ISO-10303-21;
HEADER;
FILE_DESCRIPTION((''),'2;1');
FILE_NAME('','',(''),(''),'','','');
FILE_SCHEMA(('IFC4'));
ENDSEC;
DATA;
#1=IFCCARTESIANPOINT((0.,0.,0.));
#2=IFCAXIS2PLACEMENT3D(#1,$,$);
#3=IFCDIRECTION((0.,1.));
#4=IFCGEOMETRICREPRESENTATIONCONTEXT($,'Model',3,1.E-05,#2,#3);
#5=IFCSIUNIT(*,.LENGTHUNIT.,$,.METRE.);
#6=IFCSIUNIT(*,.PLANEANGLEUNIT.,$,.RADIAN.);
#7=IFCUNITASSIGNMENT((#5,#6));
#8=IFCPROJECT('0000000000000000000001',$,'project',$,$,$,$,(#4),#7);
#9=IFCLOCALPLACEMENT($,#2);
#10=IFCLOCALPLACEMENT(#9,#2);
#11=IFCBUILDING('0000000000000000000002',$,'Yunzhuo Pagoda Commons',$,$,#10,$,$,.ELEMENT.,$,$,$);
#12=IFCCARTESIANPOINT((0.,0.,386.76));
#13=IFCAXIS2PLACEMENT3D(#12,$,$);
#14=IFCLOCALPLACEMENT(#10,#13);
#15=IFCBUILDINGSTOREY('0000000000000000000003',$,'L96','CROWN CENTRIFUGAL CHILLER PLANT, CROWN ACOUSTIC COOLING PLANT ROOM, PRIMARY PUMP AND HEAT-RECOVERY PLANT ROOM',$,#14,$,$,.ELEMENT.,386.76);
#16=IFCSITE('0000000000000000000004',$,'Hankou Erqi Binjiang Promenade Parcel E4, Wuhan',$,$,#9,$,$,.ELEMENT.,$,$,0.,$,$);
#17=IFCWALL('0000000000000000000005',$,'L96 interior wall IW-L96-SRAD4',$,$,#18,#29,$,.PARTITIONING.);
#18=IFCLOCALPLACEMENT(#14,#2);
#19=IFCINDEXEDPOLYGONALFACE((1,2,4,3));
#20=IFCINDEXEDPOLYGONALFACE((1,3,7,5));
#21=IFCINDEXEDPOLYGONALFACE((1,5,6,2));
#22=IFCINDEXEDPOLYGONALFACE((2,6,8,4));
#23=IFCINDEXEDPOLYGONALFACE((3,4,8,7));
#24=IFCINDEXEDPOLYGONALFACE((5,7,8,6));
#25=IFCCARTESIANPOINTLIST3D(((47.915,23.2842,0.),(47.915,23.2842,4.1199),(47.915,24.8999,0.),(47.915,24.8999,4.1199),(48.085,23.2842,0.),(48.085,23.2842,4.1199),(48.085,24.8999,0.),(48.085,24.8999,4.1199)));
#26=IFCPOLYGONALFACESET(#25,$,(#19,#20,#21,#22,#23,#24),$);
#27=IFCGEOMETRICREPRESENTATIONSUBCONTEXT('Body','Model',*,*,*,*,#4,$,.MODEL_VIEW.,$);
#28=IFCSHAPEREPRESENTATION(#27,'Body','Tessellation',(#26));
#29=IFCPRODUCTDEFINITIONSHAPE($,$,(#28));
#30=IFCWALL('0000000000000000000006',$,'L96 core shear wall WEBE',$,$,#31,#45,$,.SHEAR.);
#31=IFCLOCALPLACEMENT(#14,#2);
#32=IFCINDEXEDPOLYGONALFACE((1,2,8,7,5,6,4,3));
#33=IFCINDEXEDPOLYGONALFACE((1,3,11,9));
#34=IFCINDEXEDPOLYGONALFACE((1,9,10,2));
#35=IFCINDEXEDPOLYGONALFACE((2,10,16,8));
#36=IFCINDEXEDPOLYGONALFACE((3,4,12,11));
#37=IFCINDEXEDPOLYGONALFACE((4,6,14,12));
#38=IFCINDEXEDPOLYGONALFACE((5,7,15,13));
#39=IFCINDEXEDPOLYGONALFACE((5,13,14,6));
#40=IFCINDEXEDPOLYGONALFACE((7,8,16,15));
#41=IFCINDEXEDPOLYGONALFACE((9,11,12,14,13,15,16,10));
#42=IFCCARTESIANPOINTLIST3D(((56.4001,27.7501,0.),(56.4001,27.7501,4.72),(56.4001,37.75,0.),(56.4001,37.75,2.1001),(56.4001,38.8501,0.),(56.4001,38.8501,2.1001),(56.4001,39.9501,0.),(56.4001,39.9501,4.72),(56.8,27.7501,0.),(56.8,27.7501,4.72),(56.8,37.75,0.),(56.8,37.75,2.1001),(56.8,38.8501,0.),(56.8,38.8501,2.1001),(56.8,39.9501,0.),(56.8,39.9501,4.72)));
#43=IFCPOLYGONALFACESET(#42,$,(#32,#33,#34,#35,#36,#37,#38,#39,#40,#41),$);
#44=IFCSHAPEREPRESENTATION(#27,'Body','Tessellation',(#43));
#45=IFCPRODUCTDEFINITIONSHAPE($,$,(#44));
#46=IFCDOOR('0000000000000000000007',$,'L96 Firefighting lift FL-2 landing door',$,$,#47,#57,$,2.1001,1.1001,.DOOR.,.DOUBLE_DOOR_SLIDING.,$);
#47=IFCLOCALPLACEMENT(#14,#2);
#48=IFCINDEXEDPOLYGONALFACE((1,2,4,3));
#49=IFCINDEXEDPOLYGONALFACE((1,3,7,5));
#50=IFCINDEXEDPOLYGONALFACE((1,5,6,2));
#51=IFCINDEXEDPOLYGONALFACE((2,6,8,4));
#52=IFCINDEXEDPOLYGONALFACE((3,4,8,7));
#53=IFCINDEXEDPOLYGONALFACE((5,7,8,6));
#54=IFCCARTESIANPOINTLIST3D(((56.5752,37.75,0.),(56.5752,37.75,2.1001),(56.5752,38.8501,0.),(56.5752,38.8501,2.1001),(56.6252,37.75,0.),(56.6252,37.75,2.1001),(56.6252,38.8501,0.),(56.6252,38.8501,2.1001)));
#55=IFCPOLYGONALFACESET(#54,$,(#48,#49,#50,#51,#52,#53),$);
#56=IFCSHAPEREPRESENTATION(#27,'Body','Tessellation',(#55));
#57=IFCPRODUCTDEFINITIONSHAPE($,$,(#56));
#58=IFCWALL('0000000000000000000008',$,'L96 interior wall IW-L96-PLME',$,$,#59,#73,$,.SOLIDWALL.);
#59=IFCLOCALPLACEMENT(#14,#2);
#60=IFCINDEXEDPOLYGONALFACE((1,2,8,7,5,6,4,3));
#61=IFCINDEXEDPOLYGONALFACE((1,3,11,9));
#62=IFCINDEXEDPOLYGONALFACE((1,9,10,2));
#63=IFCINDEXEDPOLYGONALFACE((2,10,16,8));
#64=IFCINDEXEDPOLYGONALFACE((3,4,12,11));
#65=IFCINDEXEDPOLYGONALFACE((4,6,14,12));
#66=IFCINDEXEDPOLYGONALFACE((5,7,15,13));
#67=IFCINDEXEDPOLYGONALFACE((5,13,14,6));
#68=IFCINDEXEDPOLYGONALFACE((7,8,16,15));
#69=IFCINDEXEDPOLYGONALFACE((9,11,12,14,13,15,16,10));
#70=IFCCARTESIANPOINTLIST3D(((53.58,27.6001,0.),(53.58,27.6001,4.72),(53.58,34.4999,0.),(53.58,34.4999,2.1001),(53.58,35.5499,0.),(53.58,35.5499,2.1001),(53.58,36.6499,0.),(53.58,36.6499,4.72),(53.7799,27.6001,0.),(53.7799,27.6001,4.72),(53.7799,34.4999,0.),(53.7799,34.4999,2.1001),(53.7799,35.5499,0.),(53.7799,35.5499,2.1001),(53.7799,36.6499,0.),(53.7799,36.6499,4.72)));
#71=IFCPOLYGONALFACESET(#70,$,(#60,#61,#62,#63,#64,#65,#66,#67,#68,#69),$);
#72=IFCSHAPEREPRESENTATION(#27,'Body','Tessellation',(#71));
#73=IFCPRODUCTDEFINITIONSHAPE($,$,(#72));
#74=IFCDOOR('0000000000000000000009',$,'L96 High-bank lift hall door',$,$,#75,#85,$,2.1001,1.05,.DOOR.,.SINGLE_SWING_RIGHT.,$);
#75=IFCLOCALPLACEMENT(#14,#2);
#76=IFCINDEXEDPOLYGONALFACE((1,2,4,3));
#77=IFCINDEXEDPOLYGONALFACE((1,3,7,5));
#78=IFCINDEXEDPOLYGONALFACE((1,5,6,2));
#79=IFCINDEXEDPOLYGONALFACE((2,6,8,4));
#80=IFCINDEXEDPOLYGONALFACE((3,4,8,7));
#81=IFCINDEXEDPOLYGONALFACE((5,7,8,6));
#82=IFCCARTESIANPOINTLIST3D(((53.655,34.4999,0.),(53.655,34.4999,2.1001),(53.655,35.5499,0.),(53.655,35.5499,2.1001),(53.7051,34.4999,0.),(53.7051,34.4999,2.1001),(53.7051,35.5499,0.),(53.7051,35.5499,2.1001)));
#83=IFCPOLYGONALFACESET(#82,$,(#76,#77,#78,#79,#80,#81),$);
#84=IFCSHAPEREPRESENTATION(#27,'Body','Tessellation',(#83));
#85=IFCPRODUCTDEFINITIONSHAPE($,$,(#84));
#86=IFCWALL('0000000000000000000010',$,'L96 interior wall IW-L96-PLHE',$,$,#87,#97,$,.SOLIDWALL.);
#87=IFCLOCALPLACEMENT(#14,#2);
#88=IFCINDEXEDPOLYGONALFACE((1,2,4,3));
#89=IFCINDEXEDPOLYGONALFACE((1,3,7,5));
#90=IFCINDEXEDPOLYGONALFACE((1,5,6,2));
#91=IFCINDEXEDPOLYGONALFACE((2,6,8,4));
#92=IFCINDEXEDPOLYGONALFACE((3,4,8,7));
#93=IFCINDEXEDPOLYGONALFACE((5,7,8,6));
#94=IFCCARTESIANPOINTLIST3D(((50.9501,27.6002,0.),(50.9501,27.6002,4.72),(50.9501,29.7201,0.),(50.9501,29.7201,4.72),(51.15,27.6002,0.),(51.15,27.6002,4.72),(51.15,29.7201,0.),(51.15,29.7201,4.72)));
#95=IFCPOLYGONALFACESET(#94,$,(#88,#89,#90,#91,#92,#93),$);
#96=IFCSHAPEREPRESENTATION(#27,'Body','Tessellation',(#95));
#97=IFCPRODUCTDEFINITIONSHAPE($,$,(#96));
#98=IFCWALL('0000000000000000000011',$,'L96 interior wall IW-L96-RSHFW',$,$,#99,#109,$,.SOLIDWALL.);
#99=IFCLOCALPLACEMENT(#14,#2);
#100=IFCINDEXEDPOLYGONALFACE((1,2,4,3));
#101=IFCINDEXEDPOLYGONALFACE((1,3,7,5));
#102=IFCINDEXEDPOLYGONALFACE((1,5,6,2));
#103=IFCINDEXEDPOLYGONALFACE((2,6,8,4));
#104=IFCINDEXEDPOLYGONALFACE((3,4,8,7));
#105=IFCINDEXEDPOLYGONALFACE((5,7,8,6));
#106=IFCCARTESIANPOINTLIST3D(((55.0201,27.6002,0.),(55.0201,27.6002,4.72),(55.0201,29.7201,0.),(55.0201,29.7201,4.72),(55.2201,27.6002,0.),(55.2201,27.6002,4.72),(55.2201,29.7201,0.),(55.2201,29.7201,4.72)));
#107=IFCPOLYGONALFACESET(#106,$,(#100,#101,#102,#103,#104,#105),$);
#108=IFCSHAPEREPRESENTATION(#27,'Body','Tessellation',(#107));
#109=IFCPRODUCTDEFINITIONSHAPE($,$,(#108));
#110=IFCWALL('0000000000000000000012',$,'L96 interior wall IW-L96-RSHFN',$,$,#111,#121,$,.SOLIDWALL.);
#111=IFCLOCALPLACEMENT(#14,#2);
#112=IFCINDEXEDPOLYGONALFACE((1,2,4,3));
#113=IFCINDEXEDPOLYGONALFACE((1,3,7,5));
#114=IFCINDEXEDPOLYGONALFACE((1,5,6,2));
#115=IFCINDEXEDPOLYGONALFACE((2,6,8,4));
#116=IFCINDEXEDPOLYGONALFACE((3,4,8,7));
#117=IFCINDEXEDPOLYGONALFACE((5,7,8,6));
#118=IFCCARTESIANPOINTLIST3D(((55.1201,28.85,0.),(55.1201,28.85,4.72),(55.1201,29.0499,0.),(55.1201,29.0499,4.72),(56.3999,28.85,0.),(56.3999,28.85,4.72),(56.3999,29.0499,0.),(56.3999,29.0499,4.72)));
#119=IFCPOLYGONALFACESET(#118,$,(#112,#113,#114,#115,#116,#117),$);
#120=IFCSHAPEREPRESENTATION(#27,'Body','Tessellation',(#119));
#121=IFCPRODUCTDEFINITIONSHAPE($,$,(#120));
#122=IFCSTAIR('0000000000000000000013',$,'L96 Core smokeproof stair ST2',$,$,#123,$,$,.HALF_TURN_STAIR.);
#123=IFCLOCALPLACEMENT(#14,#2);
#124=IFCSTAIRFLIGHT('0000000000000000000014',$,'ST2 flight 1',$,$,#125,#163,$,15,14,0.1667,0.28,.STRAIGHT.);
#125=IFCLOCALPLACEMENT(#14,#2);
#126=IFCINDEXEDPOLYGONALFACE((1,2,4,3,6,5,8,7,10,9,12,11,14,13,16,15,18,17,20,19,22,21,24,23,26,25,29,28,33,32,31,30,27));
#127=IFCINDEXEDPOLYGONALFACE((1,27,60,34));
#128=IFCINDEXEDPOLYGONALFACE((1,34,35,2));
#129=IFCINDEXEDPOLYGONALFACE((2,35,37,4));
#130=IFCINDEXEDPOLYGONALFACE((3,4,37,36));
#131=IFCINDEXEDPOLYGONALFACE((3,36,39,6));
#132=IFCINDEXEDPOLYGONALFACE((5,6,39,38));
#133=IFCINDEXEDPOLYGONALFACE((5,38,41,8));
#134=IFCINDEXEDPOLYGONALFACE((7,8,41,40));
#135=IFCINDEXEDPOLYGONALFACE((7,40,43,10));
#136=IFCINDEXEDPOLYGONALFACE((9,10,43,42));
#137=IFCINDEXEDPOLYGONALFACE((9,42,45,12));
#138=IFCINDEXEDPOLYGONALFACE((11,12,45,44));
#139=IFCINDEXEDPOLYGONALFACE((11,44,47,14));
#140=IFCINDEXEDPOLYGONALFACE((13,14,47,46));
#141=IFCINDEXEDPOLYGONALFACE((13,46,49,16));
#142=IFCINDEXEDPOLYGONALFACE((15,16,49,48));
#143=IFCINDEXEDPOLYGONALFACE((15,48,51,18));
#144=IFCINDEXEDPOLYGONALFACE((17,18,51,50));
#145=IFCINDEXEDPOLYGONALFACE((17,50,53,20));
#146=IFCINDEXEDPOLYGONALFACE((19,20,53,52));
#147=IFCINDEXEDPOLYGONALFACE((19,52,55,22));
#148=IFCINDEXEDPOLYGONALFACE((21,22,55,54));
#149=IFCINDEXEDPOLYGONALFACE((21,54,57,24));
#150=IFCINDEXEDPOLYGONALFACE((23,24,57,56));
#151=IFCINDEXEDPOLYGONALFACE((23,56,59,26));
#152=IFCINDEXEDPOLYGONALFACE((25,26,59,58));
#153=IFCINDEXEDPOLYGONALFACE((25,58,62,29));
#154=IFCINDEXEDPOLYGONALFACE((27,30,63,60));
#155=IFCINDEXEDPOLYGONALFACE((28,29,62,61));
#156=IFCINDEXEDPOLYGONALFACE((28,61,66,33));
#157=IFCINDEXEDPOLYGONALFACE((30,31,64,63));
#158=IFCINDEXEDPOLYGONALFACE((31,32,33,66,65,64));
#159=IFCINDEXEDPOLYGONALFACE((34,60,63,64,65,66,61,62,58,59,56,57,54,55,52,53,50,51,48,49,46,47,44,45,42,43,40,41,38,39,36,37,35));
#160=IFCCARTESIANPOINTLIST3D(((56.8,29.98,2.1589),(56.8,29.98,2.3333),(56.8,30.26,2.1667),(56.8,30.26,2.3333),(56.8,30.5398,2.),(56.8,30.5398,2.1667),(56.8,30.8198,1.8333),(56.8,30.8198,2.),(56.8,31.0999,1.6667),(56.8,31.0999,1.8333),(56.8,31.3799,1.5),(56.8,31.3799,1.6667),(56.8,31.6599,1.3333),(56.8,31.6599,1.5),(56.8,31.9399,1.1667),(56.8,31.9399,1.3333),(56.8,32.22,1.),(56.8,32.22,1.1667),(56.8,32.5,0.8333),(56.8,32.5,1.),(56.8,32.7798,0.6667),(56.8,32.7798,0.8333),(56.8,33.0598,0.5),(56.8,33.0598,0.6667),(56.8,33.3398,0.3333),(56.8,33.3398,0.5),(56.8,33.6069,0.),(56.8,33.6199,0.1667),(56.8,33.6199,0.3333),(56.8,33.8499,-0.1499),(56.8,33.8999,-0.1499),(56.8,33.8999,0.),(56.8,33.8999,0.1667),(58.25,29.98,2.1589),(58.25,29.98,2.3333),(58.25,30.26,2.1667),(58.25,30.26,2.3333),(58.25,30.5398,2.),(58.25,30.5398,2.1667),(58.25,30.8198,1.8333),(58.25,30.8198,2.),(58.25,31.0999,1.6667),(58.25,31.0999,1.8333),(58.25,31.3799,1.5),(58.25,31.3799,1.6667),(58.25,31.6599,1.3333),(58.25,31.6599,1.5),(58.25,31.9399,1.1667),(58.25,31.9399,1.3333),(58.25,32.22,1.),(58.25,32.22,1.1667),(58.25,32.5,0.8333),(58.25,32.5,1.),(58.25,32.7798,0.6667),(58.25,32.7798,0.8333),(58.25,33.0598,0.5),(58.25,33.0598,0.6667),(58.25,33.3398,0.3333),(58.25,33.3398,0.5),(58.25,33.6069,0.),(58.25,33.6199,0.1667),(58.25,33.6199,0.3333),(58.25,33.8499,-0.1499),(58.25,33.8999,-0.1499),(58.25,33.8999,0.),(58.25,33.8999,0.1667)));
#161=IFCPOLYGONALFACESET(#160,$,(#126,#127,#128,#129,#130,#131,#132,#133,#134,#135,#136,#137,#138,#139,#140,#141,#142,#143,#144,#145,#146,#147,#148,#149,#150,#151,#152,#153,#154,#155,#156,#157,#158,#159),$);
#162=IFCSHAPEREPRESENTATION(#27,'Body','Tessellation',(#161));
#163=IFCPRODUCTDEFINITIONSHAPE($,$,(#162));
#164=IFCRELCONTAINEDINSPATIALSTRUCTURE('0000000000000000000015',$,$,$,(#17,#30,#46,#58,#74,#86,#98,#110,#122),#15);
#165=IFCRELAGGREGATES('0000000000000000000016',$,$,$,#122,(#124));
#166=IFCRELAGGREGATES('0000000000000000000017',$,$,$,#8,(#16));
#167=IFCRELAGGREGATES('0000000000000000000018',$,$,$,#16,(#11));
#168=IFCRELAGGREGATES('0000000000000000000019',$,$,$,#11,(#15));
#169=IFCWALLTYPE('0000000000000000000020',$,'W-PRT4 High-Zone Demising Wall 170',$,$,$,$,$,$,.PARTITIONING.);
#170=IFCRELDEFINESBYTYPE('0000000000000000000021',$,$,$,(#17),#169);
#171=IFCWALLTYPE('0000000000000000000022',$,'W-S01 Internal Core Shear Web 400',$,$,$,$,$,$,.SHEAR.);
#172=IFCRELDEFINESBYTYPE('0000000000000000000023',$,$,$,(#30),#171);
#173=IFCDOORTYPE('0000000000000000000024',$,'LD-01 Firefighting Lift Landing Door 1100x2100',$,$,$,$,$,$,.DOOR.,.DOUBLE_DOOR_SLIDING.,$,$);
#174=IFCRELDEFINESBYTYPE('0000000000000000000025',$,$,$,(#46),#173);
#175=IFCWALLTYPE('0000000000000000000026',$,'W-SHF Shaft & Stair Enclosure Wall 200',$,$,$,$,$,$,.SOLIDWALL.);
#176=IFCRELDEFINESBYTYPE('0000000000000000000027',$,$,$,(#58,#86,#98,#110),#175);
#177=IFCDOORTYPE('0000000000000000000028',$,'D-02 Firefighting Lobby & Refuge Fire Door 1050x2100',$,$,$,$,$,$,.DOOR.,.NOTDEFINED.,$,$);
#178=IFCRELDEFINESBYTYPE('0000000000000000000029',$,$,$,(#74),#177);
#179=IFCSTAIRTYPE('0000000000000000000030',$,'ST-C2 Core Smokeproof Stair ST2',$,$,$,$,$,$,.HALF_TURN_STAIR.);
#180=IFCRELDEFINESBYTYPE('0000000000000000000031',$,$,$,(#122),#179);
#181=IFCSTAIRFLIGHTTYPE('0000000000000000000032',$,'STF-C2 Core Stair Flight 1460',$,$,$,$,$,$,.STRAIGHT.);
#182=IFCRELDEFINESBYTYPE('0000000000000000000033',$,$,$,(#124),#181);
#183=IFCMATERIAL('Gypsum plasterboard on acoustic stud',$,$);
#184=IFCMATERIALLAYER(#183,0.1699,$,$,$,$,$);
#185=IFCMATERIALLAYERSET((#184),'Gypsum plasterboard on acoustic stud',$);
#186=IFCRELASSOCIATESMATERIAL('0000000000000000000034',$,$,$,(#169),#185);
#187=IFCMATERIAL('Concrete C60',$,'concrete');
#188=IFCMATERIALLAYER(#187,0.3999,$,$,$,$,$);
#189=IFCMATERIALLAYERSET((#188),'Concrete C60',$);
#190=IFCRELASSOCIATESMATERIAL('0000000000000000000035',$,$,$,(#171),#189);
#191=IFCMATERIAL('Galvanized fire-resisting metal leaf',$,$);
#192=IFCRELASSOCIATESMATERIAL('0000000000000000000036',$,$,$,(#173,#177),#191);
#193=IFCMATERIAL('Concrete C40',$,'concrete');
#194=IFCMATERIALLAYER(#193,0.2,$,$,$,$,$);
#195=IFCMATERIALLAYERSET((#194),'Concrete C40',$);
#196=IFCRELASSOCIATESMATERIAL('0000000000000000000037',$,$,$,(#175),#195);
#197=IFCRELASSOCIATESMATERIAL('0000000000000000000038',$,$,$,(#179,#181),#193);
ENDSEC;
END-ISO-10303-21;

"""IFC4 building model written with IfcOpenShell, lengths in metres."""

from ifc_helpers import new_model, si_unit, direction, frame, frame_2d, origin, origin_with_axes, place, context, subcontext, project, spatial, polyline, rectangle, outline, extrude, source, transform, mapped, material, layer, layer_set, type_object, element, fill, aggregate, save


model = new_model("IFC4")

# Units and contexts
model_context = context("Model", 3, precision=1e-05, world=origin(), true_north=direction((0.0, 1.0)))
body_context = subcontext(model_context, "Body", "Model", "MODEL_VIEW")
ifc_project = project(units=[si_unit("LENGTHUNIT", "METRE"), si_unit("PLANEANGLEUNIT", "RADIAN")], contexts=[model_context])

# Site, building, storey
site_placement = place(None, origin())
site = spatial("IfcSite", under=ifc_project, at=site_placement, Name="Hankou Erqi Binjiang Promenade Parcel E4, Wuhan", CompositionType="ELEMENT", RefElevation=0.0)
building_placement = place(site_placement, origin())
building = spatial("IfcBuilding", under=site, at=building_placement, Name="Yunzhuo Pagoda Commons", CompositionType="ELEMENT")
storey_placement = place(building_placement, frame((0.0, 0.0, 386.76)))
storey = spatial("IfcBuildingStorey", under=building, at=storey_placement, Name="L96", Description="CROWN CENTRIFUGAL CHILLER PLANT, CROWN ACOUSTIC COOLING PLANT ROOM, PRIMARY PUMP AND HEAT-RECOVERY PLANT ROOM", CompositionType="ELEMENT", Elevation=386.76)

# Shared definitions
ifc_material_1 = material(Name="Gypsum plasterboard on acoustic stud")
ifc_material_2 = material(Name="Galvanized fire-resisting metal leaf")

# Wall
ifc_layer_1 = layer(ifc_material_1, 0.1699)
ifc_layer_set_1 = layer_set([ifc_layer_1], Name="Gypsum plasterboard on acoustic stud")
wall_type_1 = type_object("IfcWallType", Name="W-PRT4 High-Zone Demising Wall 170", PredefinedType="PARTITIONING", material=ifc_layer_set_1)
wall_1_placement = place(storey_placement, frame((48.0, 24.8999, 0.0), z_axis=(0.0, 0.0, 1.0), x_axis=(0.0, -1.0, 0.0)))
element("IfcWall", 1, at=wall_1_placement, inside=storey, type_object=wall_type_1, Name="L96 interior wall IW-L96-SRAD4", PredefinedType="PARTITIONING", context=body_context, shape_type="SweptSolid", body=[
    extrude(rectangle(XDim=1.6157, YDim=0.1699, at=frame_2d((0.8079, 0.0))), origin(), (0.0, 0.0, 1.0), 4.1199),
])

# Walls, openings, doors
ifc_material_3 = material(Name="Concrete C60", Category="concrete")
ifc_layer_2 = layer(ifc_material_3, 0.3999)
ifc_layer_set_2 = layer_set([ifc_layer_2], Name="Concrete C60")
wall_type_2 = type_object("IfcWallType", Name="W-S01 Internal Core Shear Web 400", PredefinedType="SHEAR", material=ifc_layer_set_2)
wall_2_placement = place(storey_placement, frame((56.6001, 27.75, 0.0), z_axis=(0.0, 0.0, 1.0), x_axis=(0.0, 1.0, 0.0)))
wall_2 = element("IfcWall", 2, at=wall_2_placement, inside=storey, type_object=wall_type_2, Name="L96 core shear wall WEBE", PredefinedType="SHEAR", context=body_context, shape_type="SweptSolid", body=[
    extrude(rectangle(XDim=12.2, YDim=0.3999, at=frame_2d((6.1001, 0.0))), origin(), (0.0, 0.0, 1.0), 4.72),
])
opening_1_placement = place(wall_2_placement, frame((10.0, 0.0, 0.0)))
opening_1 = element("IfcOpeningElement", 3, at=opening_1_placement, cuts=wall_2, PredefinedType="OPENING", context=body_context, shape_type="SweptSolid", body=[
    extrude(rectangle(XDim=1.1001, YDim=2.1001, at=frame_2d((0.55, 1.05))), frame((0.0, 0.21, 0.0), z_axis=(0.0, -1.0, 0.0), x_axis=(1.0, 0.0, 0.0)), (0.0, 0.0, 1.0), 0.4199),
])
door_type_1 = type_object("IfcDoorType", Name="LD-01 Firefighting Lift Landing Door 1100x2100", OperationType="DOUBLE_DOOR_SLIDING", PredefinedType="DOOR", material=ifc_material_2)
shared_shape_1 = source(origin(), body_context, "Body", "SweptSolid", [
    extrude(rectangle(XDim=1.1001, YDim=2.1001, at=frame_2d((0.55, 1.05))), frame((0.0, 0.0249, 0.0), z_axis=(0.0, -1.0, 0.0), x_axis=(1.0, 0.0, 0.0)), (0.0, 0.0, 1.0), 0.05),
])
door_1_placement = place(opening_1_placement, origin_with_axes())
door_1 = element("IfcDoor", 4, at=door_1_placement, inside=storey, type_object=door_type_1, Name="L96 Firefighting lift FL-2 landing door", OperationType="DOUBLE_DOOR_SLIDING", OverallHeight=2.1001, OverallWidth=1.1001, PredefinedType="DOOR", context=body_context, shape_type="MappedRepresentation", body=[
    mapped(shared_shape_1, transform((0.0, 0.0, 0.0), scale=1.0)),
])
fill(opening_1, door_1)
ifc_material_4 = material(Name="Concrete C40", Category="concrete")
ifc_layer_3 = layer(ifc_material_4, 0.2)
ifc_layer_set_3 = layer_set([ifc_layer_3], Name="Concrete C40")
wall_type_3 = type_object("IfcWallType", Name="W-SHF Shaft & Stair Enclosure Wall 200", PredefinedType="SOLIDWALL", material=ifc_layer_set_3)
wall_3_placement = place(storey_placement, frame((53.6799, 27.6001, 0.0), z_axis=(0.0, 0.0, 1.0), x_axis=(0.0, 1.0, 0.0)))
wall_3 = element("IfcWall", 5, at=wall_3_placement, inside=storey, type_object=wall_type_3, Name="L96 interior wall IW-L96-PLME", PredefinedType="SOLIDWALL", context=body_context, shape_type="SweptSolid", body=[
    extrude(rectangle(XDim=9.0498, YDim=0.2, at=frame_2d((4.5249, 0.0))), origin(), (0.0, 0.0, 1.0), 4.72),
])
opening_2_placement = place(wall_3_placement, frame((6.8999, 0.0, 0.0)))
opening_2 = element("IfcOpeningElement", 6, at=opening_2_placement, cuts=wall_3, PredefinedType="OPENING", context=body_context, shape_type="SweptSolid", body=[
    extrude(rectangle(XDim=1.05, YDim=2.1001, at=frame_2d((0.5249, 1.05))), frame((0.0, 0.1099, 0.0), z_axis=(0.0, -1.0, 0.0), x_axis=(1.0, 0.0, 0.0)), (0.0, 0.0, 1.0), 0.22),
])
door_type_2 = type_object("IfcDoorType", Name="D-02 Firefighting Lobby & Refuge Fire Door 1050x2100", OperationType="NOTDEFINED", PredefinedType="DOOR", material=ifc_material_2)
shared_shape_2 = source(origin(), body_context, "Body", "SweptSolid", [
    extrude(rectangle(XDim=1.05, YDim=2.1001, at=frame_2d((0.5249, 1.05))), frame((0.0, 0.0249, 0.0), z_axis=(0.0, -1.0, 0.0), x_axis=(1.0, 0.0, 0.0)), (0.0, 0.0, 1.0), 0.05),
])
door_2_placement = place(opening_2_placement, origin_with_axes())
door_2 = element("IfcDoor", 7, at=door_2_placement, inside=storey, type_object=door_type_2, Name="L96 High-bank lift hall door", OperationType="SINGLE_SWING_RIGHT", OverallHeight=2.1001, OverallWidth=1.05, PredefinedType="DOOR", context=body_context, shape_type="MappedRepresentation", body=[
    mapped(shared_shape_2, transform((0.0, 0.0, 0.0), scale=1.0)),
])
fill(opening_2, door_2)

# Walls
for number, where, z_axis, x_axis, name in (
    (8, (51.05, 27.6001, 0.0), (0.0, 0.0, 1.0), (0.0, 1.0, 0.0), "L96 interior wall IW-L96-PLHE"),
    (9, (55.1201, 27.6001, 0.0), (0.0, 0.0, 1.0), (0.0, 1.0, 0.0), "L96 interior wall IW-L96-RSHFW"),
):
    element("IfcWall", number, at=place(storey_placement, frame(where, z_axis=z_axis, x_axis=x_axis)), inside=storey, type_object=wall_type_3, Name=name, PredefinedType="SOLIDWALL", context=body_context, shape_type="SweptSolid", body=[
        extrude(rectangle(XDim=2.1199, YDim=0.2, at=frame_2d((1.0601, 0.0))), origin(), (0.0, 0.0, 1.0), 4.72),
    ])
wall_4_placement = place(storey_placement, frame((55.1201, 28.95, 0.0), z_axis=(0.0, 0.0, 1.0), x_axis=(1.0, 0.0, 0.0)))
element("IfcWall", 10, at=wall_4_placement, inside=storey, type_object=wall_type_3, Name="L96 interior wall IW-L96-RSHFN", PredefinedType="SOLIDWALL", context=body_context, shape_type="SweptSolid", body=[
    extrude(rectangle(XDim=1.2798, YDim=0.2, at=frame_2d((0.6399, 0.0))), origin(), (0.0, 0.0, 1.0), 4.72),
])

# Stair, stair flight
stair_type = type_object("IfcStairType", Name="ST-C2 Core Smokeproof Stair ST2", PredefinedType="HALF_TURN_STAIR", material=ifc_material_4)
stair_placement = place(storey_placement, origin())
stair = element("IfcStair", 11, at=stair_placement, inside=storey, type_object=stair_type, Name="L96 Core smokeproof stair ST2", PredefinedType="HALF_TURN_STAIR")
stair_flight_type = type_object("IfcStairFlightType", Name="STF-C2 Core Stair Flight 1460", PredefinedType="STRAIGHT", material=ifc_material_4)
shared_shape_3 = source(origin(), body_context, "Body", "SweptSolid", [
    extrude(outline(polyline([(0.0, -0.1499), (0.0, 0.0), (0.0, 0.1667), (0.28, 0.1667), (0.28, 0.3333), (0.5601, 0.3333), (0.5601, 0.5), (0.8401, 0.5), (0.8401, 0.6667), (1.1201, 0.6667), (1.1201, 0.8333), (1.3999, 0.8333), (1.3999, 1.0), (1.6799, 1.0), (1.6799, 1.1667), (1.96, 1.1667), (1.96, 1.3333), (2.24, 1.3333), (2.24, 1.5), (2.52, 1.5), (2.52, 1.6667), (2.8, 1.6667), (2.8, 1.8333), (3.0801, 1.8333), (3.0801, 2.0), (3.3601, 2.0), (3.3601, 2.1667), (3.6399, 2.1667), (3.6399, 2.3333), (3.9199, 2.3333), (3.9199, 2.5), (3.9199, 2.1589), (0.293, 0.0), (0.05, -0.1499), (0.0, -0.1499)])), frame((0.0, 0.7251, 0.0), z_axis=(0.0, -1.0, 0.0), x_axis=(1.0, 0.0, 0.0)), (0.0, 0.0, 1.0), 1.45),
])
stair_flight_placement = place(storey_placement, frame((57.5249, 33.8999, 0.0), z_axis=(0.0, 0.0, 1.0), x_axis=(0.0, -1.0, 0.0)))
stair_flight = element("IfcStairFlight", 12, at=stair_flight_placement, type_object=stair_flight_type, Name="ST2 flight 1", NumberOfRisers=15, NumberOfTreads=14, PredefinedType="STRAIGHT", RiserHeight=0.1667, TreadLength=0.28, context=body_context, shape_type="MappedRepresentation", body=[
    mapped(shared_shape_3, transform((0.0, 0.0, 0.0), scale=1.0)),
])
aggregate(stair, [stair_flight])

save(model, "model.ifc")
